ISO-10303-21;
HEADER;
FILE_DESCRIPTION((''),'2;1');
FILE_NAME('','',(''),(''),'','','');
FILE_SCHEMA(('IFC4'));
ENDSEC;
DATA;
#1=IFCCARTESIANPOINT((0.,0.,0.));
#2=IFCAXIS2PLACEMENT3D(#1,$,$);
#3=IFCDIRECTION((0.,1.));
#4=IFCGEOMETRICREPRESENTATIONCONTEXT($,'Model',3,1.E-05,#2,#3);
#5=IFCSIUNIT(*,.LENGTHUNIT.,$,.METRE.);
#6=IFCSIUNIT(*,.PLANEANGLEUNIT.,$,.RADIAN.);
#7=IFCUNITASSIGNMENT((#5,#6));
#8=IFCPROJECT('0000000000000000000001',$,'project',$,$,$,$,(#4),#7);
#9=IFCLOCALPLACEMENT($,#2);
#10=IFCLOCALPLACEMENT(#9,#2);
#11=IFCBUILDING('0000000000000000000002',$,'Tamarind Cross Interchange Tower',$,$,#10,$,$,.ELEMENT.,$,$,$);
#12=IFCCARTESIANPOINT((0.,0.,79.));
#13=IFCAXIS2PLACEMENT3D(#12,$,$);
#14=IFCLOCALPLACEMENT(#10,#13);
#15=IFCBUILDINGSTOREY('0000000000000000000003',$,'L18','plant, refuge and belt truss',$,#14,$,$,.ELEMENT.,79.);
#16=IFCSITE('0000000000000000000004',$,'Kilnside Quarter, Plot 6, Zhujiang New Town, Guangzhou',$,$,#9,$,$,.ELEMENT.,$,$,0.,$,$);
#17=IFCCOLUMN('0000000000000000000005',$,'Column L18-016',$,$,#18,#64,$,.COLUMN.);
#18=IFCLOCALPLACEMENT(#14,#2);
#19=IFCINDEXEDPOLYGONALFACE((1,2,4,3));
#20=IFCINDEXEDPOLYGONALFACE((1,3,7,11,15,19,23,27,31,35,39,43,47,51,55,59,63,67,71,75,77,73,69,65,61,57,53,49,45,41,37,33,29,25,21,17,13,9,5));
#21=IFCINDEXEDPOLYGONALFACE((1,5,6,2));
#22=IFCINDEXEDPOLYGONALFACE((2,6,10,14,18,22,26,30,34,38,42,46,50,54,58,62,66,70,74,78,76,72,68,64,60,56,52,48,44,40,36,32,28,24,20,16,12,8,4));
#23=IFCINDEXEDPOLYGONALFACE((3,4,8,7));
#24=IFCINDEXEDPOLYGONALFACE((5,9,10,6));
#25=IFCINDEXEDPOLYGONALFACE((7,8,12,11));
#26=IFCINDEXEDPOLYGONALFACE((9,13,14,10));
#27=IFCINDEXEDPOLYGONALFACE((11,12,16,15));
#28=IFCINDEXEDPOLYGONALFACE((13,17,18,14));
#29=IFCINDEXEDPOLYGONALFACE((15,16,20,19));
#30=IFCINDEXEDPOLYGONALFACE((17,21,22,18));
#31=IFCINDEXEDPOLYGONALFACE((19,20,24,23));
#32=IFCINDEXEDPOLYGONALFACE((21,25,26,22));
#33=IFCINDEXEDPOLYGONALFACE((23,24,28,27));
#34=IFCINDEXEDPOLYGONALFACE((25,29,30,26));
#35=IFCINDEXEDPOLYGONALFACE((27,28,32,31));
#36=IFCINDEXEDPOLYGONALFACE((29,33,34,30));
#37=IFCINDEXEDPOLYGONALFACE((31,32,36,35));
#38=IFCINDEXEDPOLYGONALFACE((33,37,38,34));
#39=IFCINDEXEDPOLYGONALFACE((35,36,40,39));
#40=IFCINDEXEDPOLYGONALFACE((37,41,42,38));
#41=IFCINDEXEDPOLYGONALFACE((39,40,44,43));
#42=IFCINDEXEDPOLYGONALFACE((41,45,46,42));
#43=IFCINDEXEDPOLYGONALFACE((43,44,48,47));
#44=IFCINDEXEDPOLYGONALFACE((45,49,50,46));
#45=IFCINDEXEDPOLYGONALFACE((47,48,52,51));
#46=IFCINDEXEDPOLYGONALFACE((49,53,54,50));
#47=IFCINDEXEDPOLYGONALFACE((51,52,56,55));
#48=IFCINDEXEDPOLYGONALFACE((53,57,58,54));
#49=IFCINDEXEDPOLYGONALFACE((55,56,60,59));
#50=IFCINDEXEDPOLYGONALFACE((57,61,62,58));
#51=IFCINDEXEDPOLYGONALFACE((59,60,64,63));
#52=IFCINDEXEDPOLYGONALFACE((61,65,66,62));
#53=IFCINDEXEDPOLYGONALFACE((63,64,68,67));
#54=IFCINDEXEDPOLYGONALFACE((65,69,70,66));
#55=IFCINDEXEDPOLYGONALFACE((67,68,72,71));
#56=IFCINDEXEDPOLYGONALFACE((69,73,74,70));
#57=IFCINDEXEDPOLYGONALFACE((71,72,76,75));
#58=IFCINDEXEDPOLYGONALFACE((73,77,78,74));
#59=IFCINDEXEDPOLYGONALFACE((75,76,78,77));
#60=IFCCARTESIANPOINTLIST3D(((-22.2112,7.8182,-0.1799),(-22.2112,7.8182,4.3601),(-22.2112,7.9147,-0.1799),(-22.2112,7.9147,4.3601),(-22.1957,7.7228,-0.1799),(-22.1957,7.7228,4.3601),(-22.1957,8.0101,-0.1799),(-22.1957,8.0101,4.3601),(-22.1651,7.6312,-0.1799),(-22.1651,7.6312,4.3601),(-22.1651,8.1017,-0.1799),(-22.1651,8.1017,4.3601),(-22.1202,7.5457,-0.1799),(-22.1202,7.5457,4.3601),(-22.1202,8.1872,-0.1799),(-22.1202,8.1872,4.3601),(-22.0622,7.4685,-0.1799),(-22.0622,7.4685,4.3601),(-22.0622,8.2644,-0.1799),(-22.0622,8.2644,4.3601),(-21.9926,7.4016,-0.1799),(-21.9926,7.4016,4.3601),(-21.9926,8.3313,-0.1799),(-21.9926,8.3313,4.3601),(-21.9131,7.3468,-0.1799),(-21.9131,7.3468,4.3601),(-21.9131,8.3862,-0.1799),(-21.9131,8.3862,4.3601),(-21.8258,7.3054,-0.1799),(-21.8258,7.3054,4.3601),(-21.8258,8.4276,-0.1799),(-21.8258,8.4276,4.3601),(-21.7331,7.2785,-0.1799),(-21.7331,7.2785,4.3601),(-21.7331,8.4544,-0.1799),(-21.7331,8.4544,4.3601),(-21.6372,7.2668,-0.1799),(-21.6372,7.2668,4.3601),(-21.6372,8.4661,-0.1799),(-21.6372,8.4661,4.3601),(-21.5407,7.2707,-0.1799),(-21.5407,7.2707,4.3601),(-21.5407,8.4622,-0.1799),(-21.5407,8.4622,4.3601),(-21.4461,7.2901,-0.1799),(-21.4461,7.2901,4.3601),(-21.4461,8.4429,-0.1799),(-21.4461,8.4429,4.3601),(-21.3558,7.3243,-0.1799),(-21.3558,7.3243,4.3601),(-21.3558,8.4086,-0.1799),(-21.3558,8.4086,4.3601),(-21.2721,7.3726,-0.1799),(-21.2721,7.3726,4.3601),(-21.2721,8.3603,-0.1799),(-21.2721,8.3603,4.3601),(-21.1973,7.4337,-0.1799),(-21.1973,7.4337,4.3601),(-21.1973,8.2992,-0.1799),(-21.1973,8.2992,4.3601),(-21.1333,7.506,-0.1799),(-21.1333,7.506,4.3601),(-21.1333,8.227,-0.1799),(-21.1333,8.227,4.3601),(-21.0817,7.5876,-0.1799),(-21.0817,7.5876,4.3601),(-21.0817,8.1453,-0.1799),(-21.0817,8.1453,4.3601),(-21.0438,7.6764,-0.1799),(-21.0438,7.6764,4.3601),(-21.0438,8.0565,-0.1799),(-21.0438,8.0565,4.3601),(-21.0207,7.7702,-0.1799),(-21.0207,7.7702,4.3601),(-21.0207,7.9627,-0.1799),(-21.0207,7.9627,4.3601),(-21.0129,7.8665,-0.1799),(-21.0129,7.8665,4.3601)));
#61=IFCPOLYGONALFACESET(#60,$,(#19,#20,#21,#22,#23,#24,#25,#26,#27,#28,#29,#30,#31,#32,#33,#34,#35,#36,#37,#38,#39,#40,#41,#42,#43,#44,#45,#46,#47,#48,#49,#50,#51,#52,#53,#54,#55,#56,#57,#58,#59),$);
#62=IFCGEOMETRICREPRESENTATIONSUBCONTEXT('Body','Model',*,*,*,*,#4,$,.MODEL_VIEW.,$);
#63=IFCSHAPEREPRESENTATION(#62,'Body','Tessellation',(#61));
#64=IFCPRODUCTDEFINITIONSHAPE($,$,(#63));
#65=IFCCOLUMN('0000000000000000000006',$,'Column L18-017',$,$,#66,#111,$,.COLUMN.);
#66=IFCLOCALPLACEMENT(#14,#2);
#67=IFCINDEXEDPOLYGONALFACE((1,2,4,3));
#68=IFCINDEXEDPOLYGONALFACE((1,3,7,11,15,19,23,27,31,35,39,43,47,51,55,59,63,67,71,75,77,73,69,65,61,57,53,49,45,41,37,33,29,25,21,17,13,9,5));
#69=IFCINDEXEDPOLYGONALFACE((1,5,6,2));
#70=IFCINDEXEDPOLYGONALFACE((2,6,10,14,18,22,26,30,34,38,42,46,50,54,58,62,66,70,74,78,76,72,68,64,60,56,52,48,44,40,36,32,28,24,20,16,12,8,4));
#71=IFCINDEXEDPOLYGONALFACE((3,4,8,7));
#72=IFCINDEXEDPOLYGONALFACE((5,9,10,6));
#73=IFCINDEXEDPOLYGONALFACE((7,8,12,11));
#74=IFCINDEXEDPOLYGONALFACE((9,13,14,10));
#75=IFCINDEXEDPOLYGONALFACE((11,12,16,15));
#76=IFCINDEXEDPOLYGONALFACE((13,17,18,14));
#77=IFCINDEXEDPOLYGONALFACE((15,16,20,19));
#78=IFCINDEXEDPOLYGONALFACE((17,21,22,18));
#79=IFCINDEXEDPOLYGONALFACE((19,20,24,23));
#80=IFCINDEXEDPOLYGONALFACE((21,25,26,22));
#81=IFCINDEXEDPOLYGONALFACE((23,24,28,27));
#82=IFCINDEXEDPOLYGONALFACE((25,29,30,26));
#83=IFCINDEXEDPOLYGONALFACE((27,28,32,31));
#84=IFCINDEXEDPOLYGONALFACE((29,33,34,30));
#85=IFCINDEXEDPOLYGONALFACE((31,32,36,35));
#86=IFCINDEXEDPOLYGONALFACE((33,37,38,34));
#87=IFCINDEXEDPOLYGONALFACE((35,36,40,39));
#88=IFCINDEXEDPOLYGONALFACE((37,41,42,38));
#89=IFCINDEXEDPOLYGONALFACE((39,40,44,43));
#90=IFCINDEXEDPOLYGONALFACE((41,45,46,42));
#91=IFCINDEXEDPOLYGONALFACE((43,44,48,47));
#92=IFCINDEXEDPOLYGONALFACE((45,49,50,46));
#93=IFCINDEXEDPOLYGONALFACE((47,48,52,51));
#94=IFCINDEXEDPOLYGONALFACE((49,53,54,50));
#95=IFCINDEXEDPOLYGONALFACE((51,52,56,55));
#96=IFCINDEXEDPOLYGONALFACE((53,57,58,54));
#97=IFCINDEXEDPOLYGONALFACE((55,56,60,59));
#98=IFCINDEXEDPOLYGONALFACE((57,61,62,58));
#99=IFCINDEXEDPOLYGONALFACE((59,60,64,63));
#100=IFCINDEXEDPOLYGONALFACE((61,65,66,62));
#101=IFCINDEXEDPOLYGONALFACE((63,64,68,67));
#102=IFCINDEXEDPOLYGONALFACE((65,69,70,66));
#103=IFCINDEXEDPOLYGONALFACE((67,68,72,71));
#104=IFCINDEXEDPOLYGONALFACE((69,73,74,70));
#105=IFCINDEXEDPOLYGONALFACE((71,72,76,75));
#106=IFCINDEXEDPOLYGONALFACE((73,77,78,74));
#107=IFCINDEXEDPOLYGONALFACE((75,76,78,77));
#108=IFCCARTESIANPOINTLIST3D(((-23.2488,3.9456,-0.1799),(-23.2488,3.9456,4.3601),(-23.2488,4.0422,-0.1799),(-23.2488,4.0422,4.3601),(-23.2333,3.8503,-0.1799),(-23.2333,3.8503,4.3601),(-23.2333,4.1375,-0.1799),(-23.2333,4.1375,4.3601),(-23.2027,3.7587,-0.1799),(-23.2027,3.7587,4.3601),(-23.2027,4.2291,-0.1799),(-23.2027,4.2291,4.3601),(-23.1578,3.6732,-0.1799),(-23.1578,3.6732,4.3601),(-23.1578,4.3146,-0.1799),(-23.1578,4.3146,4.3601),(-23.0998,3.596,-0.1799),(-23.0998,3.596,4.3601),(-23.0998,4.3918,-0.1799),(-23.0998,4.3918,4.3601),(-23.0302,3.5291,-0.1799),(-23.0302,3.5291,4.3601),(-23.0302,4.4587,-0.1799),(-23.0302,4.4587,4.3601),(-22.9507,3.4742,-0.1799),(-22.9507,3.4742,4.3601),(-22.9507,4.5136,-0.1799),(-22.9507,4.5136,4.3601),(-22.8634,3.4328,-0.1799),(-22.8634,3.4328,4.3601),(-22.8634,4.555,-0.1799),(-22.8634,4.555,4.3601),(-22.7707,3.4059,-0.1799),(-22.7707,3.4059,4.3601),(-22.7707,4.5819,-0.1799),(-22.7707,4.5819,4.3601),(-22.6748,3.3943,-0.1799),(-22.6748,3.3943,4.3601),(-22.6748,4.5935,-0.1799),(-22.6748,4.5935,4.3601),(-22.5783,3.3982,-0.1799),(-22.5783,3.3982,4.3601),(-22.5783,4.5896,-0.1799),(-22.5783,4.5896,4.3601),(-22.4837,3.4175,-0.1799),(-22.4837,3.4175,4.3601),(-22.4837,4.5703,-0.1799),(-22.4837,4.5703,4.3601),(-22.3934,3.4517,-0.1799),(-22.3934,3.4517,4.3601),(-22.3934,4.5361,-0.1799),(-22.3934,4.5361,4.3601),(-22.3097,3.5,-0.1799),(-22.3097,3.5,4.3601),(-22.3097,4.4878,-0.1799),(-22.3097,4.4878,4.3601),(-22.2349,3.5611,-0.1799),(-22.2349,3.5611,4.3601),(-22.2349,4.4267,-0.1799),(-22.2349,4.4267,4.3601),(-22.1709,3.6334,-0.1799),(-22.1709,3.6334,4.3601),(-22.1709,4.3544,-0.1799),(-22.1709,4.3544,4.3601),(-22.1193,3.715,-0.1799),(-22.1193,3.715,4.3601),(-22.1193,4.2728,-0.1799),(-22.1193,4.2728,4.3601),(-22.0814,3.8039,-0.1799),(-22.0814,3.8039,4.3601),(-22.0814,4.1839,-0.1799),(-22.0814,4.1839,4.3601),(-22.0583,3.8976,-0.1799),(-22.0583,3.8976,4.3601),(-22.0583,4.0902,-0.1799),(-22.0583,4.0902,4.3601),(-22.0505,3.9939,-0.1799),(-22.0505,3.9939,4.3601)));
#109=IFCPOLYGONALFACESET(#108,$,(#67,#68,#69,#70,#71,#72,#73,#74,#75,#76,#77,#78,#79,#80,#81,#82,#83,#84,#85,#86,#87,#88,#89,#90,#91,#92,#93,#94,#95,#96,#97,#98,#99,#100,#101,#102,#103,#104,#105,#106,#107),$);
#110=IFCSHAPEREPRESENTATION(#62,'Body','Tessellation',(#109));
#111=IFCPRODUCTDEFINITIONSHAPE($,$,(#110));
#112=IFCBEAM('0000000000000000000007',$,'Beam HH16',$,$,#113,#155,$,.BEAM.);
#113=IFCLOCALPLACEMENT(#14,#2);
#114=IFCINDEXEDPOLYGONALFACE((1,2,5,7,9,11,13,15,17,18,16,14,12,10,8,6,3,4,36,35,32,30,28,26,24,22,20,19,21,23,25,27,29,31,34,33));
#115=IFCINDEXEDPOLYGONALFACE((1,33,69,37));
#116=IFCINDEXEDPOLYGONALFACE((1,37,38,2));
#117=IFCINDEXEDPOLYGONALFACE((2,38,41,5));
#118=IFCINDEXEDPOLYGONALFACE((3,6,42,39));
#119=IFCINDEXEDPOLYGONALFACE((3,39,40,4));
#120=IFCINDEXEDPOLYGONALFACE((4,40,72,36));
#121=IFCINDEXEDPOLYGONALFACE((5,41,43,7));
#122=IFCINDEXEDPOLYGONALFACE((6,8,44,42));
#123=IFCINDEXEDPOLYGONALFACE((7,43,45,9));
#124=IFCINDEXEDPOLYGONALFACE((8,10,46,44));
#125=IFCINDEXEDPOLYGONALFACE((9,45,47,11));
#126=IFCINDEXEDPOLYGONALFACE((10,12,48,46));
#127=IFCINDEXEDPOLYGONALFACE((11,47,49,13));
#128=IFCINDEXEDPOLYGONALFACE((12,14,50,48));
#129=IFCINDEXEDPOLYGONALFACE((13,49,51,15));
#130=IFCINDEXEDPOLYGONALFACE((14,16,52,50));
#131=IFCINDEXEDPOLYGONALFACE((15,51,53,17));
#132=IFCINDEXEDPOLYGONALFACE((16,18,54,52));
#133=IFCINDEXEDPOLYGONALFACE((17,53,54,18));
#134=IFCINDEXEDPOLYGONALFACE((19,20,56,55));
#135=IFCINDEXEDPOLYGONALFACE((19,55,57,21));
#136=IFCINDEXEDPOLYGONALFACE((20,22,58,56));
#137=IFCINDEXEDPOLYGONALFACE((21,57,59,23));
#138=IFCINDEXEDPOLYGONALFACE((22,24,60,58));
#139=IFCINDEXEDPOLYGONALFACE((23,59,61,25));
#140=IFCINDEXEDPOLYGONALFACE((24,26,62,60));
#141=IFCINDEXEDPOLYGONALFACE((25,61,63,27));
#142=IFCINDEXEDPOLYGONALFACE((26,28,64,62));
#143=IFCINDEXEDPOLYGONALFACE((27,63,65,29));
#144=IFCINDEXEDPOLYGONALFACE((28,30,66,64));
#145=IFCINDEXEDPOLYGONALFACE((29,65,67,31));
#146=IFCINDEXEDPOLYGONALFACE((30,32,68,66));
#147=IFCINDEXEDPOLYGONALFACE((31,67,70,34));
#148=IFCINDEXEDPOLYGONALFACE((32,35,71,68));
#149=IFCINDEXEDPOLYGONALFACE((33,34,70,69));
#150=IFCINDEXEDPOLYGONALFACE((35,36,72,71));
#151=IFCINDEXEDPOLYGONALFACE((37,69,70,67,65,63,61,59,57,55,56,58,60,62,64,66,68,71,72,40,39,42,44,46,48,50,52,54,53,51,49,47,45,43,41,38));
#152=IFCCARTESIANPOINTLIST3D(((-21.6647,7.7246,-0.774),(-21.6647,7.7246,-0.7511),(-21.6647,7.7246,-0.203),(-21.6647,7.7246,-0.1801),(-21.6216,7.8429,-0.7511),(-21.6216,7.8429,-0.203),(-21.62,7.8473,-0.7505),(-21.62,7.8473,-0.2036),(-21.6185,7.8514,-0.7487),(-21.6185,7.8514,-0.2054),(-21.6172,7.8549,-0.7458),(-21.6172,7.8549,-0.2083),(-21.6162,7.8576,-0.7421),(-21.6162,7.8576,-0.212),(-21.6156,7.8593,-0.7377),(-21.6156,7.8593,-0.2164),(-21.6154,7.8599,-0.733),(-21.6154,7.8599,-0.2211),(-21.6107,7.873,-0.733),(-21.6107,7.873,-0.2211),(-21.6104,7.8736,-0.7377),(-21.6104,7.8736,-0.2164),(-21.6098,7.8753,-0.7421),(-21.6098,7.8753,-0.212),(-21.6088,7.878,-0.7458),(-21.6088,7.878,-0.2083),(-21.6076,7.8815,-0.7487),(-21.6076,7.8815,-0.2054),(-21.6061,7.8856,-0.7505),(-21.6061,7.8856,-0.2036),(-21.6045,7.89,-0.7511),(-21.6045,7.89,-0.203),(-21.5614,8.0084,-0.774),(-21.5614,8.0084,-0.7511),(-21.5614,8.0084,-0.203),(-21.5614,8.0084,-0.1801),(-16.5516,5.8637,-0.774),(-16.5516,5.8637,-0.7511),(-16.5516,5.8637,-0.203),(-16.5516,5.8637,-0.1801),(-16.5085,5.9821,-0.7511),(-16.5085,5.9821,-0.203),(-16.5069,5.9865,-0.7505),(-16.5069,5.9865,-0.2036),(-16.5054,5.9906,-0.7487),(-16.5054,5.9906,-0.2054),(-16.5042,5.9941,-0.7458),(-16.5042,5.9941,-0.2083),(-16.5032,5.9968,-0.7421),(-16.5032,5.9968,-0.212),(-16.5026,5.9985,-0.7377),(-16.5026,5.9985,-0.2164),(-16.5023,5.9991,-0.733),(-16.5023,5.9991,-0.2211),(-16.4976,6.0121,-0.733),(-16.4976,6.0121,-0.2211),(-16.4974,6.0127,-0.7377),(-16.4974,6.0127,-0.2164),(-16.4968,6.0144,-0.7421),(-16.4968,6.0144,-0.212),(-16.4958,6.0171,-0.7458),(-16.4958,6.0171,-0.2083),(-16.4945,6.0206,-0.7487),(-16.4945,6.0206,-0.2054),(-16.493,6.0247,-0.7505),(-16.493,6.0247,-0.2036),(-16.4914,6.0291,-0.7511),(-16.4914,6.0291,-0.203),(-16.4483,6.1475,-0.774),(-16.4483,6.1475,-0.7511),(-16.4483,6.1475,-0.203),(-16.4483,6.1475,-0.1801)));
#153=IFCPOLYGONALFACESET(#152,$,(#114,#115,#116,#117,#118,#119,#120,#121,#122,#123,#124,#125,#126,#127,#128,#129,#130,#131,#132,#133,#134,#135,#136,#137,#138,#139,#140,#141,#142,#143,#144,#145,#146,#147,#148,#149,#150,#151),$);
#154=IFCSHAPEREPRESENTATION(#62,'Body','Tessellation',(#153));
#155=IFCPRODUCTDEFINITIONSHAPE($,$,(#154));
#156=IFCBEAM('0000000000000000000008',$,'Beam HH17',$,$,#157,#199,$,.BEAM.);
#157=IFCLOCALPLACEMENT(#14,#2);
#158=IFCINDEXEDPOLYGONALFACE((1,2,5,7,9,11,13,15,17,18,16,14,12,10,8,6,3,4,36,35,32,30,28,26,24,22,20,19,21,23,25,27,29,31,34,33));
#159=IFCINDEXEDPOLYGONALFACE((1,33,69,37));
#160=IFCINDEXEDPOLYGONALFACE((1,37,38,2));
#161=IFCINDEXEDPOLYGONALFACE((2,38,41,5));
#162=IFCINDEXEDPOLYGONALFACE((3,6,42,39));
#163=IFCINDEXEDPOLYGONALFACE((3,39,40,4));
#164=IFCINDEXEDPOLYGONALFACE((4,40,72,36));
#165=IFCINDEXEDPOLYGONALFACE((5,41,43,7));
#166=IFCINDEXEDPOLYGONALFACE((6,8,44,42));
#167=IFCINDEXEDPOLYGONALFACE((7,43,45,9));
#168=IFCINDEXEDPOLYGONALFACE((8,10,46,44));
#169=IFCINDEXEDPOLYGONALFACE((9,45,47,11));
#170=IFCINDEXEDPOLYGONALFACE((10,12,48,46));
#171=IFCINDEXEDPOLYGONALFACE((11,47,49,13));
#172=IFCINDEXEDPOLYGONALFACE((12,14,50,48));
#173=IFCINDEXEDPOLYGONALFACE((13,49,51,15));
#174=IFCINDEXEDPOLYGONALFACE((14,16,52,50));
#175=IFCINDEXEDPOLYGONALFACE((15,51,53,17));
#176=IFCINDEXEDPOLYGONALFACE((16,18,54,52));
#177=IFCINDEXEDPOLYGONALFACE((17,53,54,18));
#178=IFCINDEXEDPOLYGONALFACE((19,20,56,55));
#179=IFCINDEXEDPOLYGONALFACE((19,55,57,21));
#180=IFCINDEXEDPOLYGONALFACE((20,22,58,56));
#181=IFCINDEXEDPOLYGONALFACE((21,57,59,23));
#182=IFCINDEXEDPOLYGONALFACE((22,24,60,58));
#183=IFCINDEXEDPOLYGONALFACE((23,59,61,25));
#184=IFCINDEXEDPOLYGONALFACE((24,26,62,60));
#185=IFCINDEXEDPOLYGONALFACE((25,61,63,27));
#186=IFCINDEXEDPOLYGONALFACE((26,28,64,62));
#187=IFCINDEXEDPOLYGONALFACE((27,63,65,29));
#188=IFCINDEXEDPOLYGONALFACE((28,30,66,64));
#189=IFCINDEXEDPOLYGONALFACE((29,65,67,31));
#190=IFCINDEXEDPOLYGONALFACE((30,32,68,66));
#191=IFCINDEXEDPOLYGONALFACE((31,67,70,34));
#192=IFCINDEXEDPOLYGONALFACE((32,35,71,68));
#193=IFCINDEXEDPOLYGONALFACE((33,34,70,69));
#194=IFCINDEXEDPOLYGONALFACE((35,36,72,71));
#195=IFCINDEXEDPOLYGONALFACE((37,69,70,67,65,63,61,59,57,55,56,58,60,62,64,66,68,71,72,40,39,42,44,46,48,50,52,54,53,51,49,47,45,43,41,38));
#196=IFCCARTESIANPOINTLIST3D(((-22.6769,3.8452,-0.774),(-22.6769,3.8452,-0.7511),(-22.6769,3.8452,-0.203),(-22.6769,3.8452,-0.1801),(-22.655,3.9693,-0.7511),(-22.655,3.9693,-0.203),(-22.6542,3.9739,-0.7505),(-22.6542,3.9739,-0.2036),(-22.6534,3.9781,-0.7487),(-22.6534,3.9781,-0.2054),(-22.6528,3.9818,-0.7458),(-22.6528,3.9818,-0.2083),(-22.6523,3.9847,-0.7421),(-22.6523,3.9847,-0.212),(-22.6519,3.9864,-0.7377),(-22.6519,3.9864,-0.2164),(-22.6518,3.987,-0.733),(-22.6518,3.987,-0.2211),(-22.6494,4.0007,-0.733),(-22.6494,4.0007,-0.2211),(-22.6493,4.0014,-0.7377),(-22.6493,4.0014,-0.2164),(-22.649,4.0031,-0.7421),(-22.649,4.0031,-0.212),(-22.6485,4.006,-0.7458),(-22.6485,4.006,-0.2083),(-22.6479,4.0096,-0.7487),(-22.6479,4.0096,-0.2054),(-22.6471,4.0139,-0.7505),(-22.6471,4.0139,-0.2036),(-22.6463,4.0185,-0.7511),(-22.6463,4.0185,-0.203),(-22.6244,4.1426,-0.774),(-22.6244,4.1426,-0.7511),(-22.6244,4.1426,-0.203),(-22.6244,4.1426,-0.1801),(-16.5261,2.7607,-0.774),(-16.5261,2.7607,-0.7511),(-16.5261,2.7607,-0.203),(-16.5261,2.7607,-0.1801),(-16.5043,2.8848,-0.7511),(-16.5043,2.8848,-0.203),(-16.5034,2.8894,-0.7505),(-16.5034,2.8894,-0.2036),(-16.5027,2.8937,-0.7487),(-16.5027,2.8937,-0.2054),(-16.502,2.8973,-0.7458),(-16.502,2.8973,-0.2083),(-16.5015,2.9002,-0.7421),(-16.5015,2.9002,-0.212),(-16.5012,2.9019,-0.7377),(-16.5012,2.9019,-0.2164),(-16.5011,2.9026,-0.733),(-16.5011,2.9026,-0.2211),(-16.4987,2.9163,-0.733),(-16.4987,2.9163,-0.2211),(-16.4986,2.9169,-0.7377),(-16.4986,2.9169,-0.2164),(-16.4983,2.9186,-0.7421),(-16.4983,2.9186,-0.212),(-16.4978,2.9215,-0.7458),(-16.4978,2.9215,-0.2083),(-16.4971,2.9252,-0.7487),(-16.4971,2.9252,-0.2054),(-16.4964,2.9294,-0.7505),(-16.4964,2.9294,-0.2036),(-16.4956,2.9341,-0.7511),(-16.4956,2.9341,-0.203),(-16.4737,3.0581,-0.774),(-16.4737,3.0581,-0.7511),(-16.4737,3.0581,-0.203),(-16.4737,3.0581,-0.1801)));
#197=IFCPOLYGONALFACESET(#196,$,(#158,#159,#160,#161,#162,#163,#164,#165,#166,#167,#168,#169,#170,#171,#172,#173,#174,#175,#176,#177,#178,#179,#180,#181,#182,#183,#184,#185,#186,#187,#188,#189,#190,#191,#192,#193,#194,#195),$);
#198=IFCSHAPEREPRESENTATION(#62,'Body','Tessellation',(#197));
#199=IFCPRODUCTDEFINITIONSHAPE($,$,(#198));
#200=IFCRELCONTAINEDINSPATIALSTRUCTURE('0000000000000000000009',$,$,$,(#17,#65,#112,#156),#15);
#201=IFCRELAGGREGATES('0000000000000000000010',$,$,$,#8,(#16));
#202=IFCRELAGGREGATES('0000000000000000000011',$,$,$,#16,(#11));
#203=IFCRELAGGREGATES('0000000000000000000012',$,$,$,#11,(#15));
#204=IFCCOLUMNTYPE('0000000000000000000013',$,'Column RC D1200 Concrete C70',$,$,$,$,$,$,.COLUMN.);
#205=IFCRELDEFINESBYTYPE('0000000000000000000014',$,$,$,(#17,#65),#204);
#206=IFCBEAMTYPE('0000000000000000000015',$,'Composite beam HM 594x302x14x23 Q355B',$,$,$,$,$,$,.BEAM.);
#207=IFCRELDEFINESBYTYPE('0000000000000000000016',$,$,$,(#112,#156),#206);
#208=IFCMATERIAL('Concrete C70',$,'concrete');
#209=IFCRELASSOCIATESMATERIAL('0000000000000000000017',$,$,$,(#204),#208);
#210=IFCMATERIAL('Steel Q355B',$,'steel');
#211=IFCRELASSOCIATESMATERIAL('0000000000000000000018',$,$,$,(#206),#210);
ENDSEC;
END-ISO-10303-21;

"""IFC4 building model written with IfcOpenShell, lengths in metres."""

from ifc_helpers import new_model, si_unit, direction, frame, origin, origin_2d, place, context, subcontext, project, spatial, circle, i_section, extrude, material, material_profile, profile_set, type_object, element, save


model = new_model("IFC4")

# Units and contexts
model_context = context("Model", 3, precision=1e-05, world=origin(), true_north=direction((0.0, 1.0)))
body_context = subcontext(model_context, "Body", "Model", "MODEL_VIEW")
ifc_project = project(units=[si_unit("LENGTHUNIT", "METRE"), si_unit("PLANEANGLEUNIT", "RADIAN")], contexts=[model_context])

# Site, building, storey
site_placement = place(None, origin())
site = spatial("IfcSite", under=ifc_project, at=site_placement, Name="Kilnside Quarter, Plot 6, Zhujiang New Town, Guangzhou", CompositionType="ELEMENT", RefElevation=0.0)
building_placement = place(site_placement, origin())
building = spatial("IfcBuilding", under=site, at=building_placement, Name="Tamarind Cross Interchange Tower", CompositionType="ELEMENT")
storey_placement = place(building_placement, frame((0.0, 0.0, 79.0)))
storey = spatial("IfcBuildingStorey", under=building, at=storey_placement, Name="L18", Description="plant, refuge and belt truss", CompositionType="ELEMENT", Elevation=79.0)

# Columns
ifc_material_1 = material(Name="Concrete C70", Category="concrete")
ifc_material_profile_1 = material_profile(ifc_material_1, circle(Radius=0.6001, at=origin_2d()), Name="RC D1200")
ifc_profile_set_1 = profile_set([ifc_material_profile_1], Name="Concrete C70")
column_type = type_object("IfcColumnType", Name="Column RC D1200 Concrete C70", PredefinedType="COLUMN", material=ifc_profile_set_1)
for number, where, z_axis, x_axis, name in (
    (1, (-21.613, 7.8665, -0.1799), (0.0, 0.0, 1.0), (1.0, 0.0, 0.0), "Column L18-016"),
    (2, (-22.6506, 3.9939, -0.1799), (0.0, 0.0, 1.0), (1.0, 0.0, 0.0), "Column L18-017"),
):
    element("IfcColumn", number, at=place(storey_placement, frame(where, z_axis=z_axis, x_axis=x_axis)), inside=storey, type_object=column_type, Name=name, PredefinedType="COLUMN", context=body_context, shape_type="SweptSolid", body=[
        extrude(circle(Radius=0.6001, at=origin_2d()), origin(), (0.0, 0.0, 1.0), 4.54),
    ])

# Beams
ifc_material_2 = material(Name="Steel Q355B", Category="steel")
ifc_material_profile_2 = material_profile(ifc_material_2, i_section(OverallWidth=0.302, OverallDepth=0.594, WebThickness=0.0139, FlangeThickness=0.0229, FilletRadius=0.0181, at=origin_2d()), Name="HM 594x302x14x23")
ifc_profile_set_2 = profile_set([ifc_material_profile_2], Name="Steel Q355B")
beam_type_1 = type_object("IfcBeamType", Name="Composite beam HM 594x302x14x23 Q355B", PredefinedType="BEAM", material=ifc_profile_set_2)
beam_1_placement = place(storey_placement, frame((-21.613, 7.8665, -0.4771), z_axis=(0.939702, -0.341995, 0.0), x_axis=(0.341995, 0.939702, 0.0)))
element("IfcBeam", 3, at=beam_1_placement, inside=storey, type_object=beam_type_1, Name="Beam HH16", PredefinedType="BEAM", context=body_context, shape_type="SweptSolid", body=[
    extrude(i_section(OverallWidth=0.302, OverallDepth=0.594, WebThickness=0.0139, FlangeThickness=0.0229, FilletRadius=0.0181, at=origin_2d()), origin(), (0.0, 0.0, 1.0), 5.4412),
])
beam_2_placement = place(storey_placement, frame((-22.6506, 3.9939, -0.4771), z_axis=(0.984809, -0.17364, 0.0), x_axis=(0.17364, 0.984809, 0.0)))
element("IfcBeam", 4, at=beam_2_placement, inside=storey, type_object=beam_type_1, Name="Beam HH17", PredefinedType="BEAM", context=body_context, shape_type="SweptSolid", body=[
    extrude(i_section(OverallWidth=0.302, OverallDepth=0.594, WebThickness=0.0139, FlangeThickness=0.0229, FilletRadius=0.0181, at=origin_2d()), origin(), (0.0, 0.0, 1.0), 6.2456),
])

save(model, "model.ifc")
